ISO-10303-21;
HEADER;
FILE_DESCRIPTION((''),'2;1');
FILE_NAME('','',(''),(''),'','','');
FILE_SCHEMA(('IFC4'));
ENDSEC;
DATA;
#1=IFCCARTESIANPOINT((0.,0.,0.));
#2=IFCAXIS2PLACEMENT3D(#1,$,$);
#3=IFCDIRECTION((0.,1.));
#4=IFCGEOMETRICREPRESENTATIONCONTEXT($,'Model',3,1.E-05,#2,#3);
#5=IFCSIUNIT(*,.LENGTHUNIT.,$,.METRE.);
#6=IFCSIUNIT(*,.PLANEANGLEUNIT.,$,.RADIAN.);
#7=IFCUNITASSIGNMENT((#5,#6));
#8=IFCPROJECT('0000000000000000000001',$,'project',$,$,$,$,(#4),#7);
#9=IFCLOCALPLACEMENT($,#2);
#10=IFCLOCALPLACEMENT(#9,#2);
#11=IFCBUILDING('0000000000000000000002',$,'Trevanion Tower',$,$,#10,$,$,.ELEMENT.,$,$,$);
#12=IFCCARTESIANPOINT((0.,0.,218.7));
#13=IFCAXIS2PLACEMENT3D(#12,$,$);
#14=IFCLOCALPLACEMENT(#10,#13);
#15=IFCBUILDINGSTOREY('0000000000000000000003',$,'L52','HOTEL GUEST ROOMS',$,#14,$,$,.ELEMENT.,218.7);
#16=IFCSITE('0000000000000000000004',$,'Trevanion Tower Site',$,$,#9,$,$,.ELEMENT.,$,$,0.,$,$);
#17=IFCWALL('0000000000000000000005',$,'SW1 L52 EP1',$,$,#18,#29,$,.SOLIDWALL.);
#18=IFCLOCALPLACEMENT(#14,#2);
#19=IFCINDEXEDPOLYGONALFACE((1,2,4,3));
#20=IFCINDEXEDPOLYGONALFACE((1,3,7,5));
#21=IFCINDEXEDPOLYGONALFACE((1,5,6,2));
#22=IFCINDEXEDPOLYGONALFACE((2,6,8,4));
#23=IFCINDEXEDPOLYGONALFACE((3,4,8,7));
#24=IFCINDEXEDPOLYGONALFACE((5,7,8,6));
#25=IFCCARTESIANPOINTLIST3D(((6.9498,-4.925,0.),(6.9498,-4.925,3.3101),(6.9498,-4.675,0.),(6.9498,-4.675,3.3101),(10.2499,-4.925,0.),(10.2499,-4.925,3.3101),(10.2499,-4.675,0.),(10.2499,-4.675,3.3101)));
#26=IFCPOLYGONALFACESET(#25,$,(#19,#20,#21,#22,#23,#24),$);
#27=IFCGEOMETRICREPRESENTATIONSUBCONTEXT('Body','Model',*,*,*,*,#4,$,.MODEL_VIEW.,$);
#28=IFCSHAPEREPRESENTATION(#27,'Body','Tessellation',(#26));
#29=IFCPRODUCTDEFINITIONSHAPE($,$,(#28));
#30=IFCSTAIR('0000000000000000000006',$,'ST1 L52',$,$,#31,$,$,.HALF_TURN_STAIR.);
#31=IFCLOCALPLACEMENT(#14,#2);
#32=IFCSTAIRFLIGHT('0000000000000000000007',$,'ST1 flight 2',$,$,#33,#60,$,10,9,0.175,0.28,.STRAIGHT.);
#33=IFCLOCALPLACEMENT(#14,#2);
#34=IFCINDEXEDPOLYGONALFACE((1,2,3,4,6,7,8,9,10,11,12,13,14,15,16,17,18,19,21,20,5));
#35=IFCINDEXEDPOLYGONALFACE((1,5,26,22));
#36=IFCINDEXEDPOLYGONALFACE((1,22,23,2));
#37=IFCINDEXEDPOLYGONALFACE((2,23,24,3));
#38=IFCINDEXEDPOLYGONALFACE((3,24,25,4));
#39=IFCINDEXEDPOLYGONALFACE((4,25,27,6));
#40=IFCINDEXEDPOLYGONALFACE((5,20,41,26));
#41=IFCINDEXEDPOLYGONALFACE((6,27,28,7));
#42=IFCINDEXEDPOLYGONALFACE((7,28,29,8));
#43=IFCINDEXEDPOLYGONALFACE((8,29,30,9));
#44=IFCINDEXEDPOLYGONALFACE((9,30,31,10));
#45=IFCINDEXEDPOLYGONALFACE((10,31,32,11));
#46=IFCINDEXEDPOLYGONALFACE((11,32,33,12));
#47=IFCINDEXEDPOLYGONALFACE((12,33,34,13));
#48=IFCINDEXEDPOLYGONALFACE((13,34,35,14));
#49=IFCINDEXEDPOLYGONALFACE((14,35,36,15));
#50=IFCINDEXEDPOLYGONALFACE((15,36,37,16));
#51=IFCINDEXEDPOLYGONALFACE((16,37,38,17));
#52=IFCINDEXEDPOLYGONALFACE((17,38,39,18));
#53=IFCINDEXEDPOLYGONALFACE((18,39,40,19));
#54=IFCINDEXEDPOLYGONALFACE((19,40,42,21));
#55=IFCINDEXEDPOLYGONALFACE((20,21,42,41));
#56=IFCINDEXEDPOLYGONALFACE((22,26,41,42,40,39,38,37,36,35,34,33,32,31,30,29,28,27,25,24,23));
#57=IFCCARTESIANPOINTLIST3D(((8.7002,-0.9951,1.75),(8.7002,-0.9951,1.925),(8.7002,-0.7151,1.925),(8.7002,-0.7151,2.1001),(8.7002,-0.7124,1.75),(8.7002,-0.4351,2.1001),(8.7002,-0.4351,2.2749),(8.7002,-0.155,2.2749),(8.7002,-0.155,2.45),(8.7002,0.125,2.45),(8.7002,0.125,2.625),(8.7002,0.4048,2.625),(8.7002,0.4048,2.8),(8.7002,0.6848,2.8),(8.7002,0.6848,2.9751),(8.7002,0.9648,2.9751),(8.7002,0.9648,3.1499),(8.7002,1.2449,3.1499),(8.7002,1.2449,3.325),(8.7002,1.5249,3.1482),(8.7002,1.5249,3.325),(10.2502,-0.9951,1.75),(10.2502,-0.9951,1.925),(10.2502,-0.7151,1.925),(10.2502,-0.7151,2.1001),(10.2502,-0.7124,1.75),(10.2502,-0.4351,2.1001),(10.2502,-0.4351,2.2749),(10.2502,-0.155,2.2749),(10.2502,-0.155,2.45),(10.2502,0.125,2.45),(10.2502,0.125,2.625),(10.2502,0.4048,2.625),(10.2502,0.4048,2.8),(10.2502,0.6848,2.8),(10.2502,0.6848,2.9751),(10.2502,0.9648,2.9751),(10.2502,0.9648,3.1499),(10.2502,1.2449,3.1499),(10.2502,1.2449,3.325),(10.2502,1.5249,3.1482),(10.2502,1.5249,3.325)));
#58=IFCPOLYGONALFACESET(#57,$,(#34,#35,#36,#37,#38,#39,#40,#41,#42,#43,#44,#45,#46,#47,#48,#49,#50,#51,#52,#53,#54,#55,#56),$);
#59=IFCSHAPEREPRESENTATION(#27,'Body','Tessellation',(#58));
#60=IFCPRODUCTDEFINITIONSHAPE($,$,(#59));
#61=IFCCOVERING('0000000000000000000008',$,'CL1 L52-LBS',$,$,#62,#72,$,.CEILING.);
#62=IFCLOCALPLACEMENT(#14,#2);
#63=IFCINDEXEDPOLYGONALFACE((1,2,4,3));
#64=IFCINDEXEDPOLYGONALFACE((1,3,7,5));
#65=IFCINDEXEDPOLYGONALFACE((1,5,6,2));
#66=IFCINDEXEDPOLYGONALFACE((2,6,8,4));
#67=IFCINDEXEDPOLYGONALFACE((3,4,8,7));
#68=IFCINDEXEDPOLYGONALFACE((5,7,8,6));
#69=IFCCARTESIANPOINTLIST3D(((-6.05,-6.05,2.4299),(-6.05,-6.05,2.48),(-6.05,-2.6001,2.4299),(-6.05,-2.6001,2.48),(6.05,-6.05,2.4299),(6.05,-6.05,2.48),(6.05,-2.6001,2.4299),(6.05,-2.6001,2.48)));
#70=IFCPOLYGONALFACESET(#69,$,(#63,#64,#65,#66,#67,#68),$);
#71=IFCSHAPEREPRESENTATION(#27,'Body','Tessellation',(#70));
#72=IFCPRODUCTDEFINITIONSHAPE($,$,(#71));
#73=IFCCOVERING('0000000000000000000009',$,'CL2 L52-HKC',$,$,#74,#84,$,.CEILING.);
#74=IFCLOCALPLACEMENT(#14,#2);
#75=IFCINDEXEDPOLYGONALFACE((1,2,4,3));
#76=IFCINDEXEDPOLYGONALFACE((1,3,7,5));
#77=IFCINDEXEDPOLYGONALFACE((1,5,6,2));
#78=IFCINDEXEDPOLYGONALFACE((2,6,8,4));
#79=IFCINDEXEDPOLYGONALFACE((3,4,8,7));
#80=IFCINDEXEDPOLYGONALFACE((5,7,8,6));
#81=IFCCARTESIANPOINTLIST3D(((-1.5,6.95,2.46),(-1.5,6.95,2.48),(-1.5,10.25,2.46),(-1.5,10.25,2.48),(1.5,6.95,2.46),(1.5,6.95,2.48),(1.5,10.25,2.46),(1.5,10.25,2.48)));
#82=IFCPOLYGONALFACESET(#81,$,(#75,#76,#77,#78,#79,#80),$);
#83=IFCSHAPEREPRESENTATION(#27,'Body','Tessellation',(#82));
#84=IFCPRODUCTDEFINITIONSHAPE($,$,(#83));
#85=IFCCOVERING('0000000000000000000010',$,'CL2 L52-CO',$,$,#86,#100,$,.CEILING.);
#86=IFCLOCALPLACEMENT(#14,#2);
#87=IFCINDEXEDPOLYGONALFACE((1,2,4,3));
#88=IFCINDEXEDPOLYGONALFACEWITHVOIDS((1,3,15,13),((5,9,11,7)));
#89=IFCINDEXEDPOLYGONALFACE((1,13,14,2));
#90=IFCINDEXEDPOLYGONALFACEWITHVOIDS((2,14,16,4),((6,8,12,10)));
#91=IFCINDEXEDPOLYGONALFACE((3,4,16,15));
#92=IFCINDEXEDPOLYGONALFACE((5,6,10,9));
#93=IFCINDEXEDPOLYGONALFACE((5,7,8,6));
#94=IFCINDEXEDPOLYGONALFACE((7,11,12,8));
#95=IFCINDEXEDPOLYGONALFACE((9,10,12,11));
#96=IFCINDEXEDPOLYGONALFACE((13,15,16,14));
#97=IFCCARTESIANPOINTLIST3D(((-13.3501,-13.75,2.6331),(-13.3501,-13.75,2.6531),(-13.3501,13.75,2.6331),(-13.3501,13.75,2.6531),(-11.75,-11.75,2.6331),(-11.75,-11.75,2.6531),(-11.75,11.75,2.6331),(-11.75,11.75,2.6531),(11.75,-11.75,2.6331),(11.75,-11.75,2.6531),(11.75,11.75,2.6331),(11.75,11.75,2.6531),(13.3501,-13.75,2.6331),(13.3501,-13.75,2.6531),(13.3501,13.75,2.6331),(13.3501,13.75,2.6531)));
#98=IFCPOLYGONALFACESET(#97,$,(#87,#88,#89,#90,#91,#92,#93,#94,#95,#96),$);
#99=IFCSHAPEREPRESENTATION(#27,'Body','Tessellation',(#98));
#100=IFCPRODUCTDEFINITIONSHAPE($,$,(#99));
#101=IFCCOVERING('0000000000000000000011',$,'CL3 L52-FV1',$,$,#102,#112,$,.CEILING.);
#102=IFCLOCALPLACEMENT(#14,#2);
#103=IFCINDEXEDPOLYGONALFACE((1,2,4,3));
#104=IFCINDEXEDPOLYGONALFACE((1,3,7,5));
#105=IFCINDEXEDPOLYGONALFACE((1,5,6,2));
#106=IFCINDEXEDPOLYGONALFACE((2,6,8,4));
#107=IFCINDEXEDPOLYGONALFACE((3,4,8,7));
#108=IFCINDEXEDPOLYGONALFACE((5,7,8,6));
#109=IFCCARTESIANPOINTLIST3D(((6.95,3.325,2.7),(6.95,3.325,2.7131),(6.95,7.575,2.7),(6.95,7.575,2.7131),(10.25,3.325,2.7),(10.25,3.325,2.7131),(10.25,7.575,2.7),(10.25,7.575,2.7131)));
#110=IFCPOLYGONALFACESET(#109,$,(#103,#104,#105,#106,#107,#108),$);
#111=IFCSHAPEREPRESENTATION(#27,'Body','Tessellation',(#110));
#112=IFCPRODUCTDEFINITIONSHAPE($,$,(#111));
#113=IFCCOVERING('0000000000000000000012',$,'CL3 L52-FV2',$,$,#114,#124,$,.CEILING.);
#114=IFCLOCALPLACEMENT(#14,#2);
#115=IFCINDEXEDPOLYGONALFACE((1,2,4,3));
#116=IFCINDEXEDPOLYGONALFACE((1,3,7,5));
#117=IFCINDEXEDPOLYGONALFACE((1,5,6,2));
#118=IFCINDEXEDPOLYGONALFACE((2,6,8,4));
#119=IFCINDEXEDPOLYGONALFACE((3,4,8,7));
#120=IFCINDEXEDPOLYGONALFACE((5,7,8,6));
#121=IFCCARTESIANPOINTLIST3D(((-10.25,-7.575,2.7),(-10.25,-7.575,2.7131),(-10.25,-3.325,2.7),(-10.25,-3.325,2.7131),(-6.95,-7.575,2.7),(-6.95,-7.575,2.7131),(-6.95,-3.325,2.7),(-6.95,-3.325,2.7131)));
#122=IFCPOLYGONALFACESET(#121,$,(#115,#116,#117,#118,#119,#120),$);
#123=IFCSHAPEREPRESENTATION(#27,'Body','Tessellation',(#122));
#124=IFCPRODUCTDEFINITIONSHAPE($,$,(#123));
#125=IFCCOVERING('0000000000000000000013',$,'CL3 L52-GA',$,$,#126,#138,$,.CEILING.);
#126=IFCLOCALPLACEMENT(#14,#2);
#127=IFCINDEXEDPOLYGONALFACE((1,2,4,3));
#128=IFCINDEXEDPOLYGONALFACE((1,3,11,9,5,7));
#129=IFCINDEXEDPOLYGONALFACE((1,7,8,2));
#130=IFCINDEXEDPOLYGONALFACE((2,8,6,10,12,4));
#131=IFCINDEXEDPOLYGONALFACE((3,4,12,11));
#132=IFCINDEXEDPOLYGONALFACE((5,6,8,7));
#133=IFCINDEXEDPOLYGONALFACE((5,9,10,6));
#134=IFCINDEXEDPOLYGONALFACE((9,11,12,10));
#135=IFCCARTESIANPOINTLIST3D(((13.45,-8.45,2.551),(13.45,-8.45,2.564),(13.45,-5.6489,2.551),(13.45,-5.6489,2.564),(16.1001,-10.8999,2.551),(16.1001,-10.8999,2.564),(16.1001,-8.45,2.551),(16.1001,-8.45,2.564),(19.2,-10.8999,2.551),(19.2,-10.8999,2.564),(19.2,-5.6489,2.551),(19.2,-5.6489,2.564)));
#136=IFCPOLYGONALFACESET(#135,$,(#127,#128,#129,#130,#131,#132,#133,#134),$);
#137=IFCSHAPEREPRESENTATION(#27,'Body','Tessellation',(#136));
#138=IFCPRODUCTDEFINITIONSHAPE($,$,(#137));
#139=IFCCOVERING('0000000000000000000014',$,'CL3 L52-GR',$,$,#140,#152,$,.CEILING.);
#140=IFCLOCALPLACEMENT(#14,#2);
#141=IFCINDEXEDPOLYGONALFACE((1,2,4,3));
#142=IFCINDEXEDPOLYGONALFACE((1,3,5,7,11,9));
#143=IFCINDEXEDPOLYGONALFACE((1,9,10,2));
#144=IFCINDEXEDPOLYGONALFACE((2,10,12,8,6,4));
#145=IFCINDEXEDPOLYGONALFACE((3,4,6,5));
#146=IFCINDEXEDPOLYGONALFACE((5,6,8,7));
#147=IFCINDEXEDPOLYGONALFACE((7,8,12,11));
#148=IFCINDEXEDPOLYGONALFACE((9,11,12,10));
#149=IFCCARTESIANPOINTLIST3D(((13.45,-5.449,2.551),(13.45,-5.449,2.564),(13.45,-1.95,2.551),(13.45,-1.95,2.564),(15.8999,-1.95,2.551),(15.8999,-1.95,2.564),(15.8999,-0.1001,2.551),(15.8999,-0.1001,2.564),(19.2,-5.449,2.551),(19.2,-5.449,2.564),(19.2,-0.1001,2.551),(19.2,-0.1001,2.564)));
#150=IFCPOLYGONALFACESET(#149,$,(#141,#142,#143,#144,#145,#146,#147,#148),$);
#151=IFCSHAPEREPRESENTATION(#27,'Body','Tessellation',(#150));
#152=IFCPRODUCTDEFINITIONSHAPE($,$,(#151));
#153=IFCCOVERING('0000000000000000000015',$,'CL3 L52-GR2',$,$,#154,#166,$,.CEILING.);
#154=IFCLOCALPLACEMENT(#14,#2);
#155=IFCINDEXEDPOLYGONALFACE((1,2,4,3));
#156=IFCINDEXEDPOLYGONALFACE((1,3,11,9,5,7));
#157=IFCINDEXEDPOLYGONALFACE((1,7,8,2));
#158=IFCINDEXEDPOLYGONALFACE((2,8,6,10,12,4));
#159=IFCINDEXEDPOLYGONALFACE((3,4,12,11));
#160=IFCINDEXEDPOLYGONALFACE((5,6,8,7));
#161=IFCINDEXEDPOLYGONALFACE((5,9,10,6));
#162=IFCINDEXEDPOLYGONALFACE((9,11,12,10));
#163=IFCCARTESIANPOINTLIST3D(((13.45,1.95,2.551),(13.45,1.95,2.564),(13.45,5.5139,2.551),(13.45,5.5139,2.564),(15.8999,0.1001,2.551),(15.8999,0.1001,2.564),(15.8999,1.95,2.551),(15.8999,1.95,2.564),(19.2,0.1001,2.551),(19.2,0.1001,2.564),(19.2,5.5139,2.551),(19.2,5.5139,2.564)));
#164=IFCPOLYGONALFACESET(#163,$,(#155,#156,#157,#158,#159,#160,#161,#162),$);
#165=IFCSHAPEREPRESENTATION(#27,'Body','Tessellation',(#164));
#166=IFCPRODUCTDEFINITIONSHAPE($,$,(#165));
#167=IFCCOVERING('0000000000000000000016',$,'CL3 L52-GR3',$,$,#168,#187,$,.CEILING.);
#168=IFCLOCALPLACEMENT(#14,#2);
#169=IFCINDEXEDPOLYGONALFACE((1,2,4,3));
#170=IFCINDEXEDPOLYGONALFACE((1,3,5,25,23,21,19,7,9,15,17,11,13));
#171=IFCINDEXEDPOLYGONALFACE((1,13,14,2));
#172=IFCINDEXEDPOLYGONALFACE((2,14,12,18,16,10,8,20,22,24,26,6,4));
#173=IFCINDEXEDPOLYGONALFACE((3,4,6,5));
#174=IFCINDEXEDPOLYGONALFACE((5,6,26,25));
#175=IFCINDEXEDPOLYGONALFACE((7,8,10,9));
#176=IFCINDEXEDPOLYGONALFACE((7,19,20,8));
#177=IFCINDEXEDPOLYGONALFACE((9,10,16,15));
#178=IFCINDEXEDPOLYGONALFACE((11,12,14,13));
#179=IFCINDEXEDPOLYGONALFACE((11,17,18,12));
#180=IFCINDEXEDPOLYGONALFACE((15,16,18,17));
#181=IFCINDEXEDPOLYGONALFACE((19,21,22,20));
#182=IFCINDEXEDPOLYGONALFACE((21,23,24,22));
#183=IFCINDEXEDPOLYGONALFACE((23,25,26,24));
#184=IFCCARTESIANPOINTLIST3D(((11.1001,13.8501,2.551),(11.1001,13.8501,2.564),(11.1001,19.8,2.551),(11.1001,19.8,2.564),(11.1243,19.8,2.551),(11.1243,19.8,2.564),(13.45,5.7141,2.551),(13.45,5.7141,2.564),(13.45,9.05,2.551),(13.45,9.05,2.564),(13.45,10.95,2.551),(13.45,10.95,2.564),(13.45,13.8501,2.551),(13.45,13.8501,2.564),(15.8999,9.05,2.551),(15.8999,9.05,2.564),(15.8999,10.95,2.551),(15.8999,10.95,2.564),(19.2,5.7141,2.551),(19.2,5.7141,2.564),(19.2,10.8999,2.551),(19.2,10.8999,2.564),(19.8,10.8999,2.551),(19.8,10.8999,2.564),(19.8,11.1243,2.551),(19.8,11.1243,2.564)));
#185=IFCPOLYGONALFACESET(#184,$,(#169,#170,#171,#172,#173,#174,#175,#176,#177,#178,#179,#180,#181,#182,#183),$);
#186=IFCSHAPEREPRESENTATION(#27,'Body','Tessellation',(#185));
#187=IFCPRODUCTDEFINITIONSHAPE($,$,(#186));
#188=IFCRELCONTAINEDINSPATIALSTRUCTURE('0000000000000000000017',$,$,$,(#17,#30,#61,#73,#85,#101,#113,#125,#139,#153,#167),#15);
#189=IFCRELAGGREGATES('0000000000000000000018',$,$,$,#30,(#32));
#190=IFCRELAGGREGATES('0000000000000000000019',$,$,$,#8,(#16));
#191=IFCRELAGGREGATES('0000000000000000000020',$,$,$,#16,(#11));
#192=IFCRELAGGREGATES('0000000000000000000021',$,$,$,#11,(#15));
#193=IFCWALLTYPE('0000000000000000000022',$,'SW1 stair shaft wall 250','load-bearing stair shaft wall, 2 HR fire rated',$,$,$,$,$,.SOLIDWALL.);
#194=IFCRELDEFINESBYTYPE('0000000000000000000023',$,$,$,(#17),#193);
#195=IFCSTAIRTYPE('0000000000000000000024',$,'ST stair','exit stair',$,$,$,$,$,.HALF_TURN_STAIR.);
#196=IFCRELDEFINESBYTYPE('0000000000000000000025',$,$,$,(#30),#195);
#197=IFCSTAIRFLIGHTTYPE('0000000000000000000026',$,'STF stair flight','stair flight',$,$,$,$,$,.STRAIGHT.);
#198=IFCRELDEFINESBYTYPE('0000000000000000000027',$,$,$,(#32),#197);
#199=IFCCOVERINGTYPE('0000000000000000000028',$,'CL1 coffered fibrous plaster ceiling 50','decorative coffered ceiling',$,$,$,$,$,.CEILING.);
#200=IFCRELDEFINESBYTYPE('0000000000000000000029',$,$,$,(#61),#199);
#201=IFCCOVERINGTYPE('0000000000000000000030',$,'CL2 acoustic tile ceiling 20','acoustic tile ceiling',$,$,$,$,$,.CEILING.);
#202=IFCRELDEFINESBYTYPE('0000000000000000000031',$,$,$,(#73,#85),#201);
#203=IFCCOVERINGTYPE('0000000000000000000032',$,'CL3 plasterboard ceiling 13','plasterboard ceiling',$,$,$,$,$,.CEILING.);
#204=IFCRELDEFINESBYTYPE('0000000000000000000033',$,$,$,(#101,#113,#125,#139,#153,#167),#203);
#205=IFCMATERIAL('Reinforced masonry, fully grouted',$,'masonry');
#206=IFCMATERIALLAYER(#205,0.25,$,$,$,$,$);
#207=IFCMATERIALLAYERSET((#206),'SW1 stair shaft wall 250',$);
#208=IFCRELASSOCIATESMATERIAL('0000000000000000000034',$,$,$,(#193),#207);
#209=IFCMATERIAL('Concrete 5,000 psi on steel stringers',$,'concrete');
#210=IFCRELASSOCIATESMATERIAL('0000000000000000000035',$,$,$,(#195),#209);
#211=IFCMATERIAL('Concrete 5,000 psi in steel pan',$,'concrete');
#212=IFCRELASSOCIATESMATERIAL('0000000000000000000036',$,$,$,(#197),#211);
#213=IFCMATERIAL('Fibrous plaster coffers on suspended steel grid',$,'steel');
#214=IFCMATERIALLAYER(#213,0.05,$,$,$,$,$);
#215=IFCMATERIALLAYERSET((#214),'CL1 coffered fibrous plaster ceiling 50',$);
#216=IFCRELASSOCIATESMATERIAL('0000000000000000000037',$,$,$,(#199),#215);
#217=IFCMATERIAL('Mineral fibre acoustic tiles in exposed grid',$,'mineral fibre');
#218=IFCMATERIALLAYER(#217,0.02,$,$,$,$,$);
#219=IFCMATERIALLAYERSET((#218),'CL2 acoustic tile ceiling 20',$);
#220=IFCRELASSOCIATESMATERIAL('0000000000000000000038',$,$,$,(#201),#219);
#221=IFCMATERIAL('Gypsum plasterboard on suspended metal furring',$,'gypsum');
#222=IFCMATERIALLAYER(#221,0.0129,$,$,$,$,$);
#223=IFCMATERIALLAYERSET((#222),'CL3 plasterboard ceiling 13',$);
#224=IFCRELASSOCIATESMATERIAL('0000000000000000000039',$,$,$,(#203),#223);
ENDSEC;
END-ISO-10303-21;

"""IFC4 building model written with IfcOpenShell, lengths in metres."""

from ifc_helpers import new_model, si_unit, direction, frame, frame_2d, origin, place, context, subcontext, project, spatial, polyline, rectangle, outline, extrude, material, layer, layer_set, type_object, element, aggregate, save


model = new_model("IFC4")

# Units and contexts
model_context = context("Model", 3, precision=1e-05, world=origin(), true_north=direction((0.0, 1.0)))
body_context = subcontext(model_context, "Body", "Model", "MODEL_VIEW")
ifc_project = project(units=[si_unit("LENGTHUNIT", "METRE"), si_unit("PLANEANGLEUNIT", "RADIAN")], contexts=[model_context])

# Site, building, storey
site_placement = place(None, origin())
site = spatial("IfcSite", under=ifc_project, at=site_placement, Name="Trevanion Tower Site", CompositionType="ELEMENT", RefElevation=0.0)
building_placement = place(site_placement, origin())
building = spatial("IfcBuilding", under=site, at=building_placement, Name="Trevanion Tower", CompositionType="ELEMENT")
storey_placement = place(building_placement, frame((0.0, 0.0, 218.7)))
storey = spatial("IfcBuildingStorey", under=building, at=storey_placement, Name="L52", Description="HOTEL GUEST ROOMS", CompositionType="ELEMENT", Elevation=218.7)

# Wall
ifc_material_1 = material(Name="Reinforced masonry, fully grouted", Category="masonry")
ifc_layer_1 = layer(ifc_material_1, 0.25)
ifc_layer_set_1 = layer_set([ifc_layer_1], Name="SW1 stair shaft wall 250")
wall_type_1 = type_object("IfcWallType", Name="SW1 stair shaft wall 250", Description="load-bearing stair shaft wall, 2 HR fire rated", PredefinedType="SOLIDWALL", material=ifc_layer_set_1)
wall_1_placement = place(storey_placement, frame((6.95, -4.8, 0.0), z_axis=(0.0, 0.0, 1.0), x_axis=(1.0, 0.0, 0.0)))
element("IfcWall", 1, at=wall_1_placement, inside=storey, type_object=wall_type_1, Name="SW1 L52 EP1", PredefinedType="SOLIDWALL", context=body_context, shape_type="SweptSolid", body=[
    extrude(rectangle(XDim=3.3, YDim=0.25, at=frame_2d((1.6499, 0.0))), origin(), (0.0, 0.0, 1.0), 3.3101),
])

# Stair, stair flight
ifc_material_2 = material(Name="Concrete 5,000 psi on steel stringers", Category="concrete")
stair_type = type_object("IfcStairType", Name="ST stair", Description="exit stair", PredefinedType="HALF_TURN_STAIR", material=ifc_material_2)
stair_placement = place(storey_placement, origin())
stair = element("IfcStair", 2, at=stair_placement, inside=storey, type_object=stair_type, Name="ST1 L52", PredefinedType="HALF_TURN_STAIR")
ifc_material_3 = material(Name="Concrete 5,000 psi in steel pan", Category="concrete")
stair_flight_type = type_object("IfcStairFlightType", Name="STF stair flight", Description="stair flight", PredefinedType="STRAIGHT", material=ifc_material_3)
stair_flight_placement = place(storey_placement, frame((9.4751, -0.9951, 1.75), z_axis=(0.0, 0.0, 1.0), x_axis=(0.0, 1.0, 0.0)))
stair_flight = element("IfcStairFlight", 3, at=stair_flight_placement, type_object=stair_flight_type, Name="ST1 flight 2", NumberOfRisers=10, NumberOfTreads=9, PredefinedType="STRAIGHT", RiserHeight=0.175, TreadLength=0.28, context=body_context, shape_type="SweptSolid", body=[
    extrude(outline(polyline([(0.0, 0.0), (0.0, 0.175), (0.28, 0.175), (0.28, 0.3501), (0.5601, 0.3501), (0.5601, 0.5249), (0.8401, 0.5249), (0.8401, 0.7), (1.1201, 0.7), (1.1201, 0.875), (1.3999, 0.875), (1.3999, 1.05), (1.6799, 1.05), (1.6799, 1.2251), (1.96, 1.2251), (1.96, 1.3999), (2.24, 1.3999), (2.24, 1.575), (2.52, 1.575), (2.52, 1.75), (2.52, 1.3982), (0.2827, 0.0), (0.0, 0.0)])), frame((0.0, 0.7749, 0.0), z_axis=(0.0, -1.0, 0.0), x_axis=(1.0, 0.0, 0.0)), (0.0, 0.0, 1.0), 1.55),
])
aggregate(stair, [stair_flight])

# Coverings
ifc_material_4 = material(Name="Fibrous plaster coffers on suspended steel grid", Category="steel")
ifc_layer_2 = layer(ifc_material_4, 0.05)
ifc_layer_set_2 = layer_set([ifc_layer_2], Name="CL1 coffered fibrous plaster ceiling 50")
covering_type_1 = type_object("IfcCoveringType", Name="CL1 coffered fibrous plaster ceiling 50", Description="decorative coffered ceiling", PredefinedType="CEILING", material=ifc_layer_set_2)
covering_1_placement = place(storey_placement, frame((0.0, 0.0, 2.4299)))
element("IfcCovering", 4, at=covering_1_placement, inside=storey, type_object=covering_type_1, Name="CL1 L52-LBS", PredefinedType="CEILING", context=body_context, shape_type="SweptSolid", body=[
    extrude(outline(polyline([(6.05, -6.05), (6.05, -2.6001), (-6.05, -2.6001), (-6.05, -6.05), (6.05, -6.05)])), origin(), (0.0, 0.0, 1.0), 0.05),
])
ifc_material_5 = material(Name="Mineral fibre acoustic tiles in exposed grid", Category="mineral fibre")
ifc_layer_3 = layer(ifc_material_5, 0.02)
ifc_layer_set_3 = layer_set([ifc_layer_3], Name="CL2 acoustic tile ceiling 20")
covering_type_2 = type_object("IfcCoveringType", Name="CL2 acoustic tile ceiling 20", Description="acoustic tile ceiling", PredefinedType="CEILING", material=ifc_layer_set_3)
covering_2_placement = place(storey_placement, frame((0.0, 0.0, 2.46)))
element("IfcCovering", 5, at=covering_2_placement, inside=storey, type_object=covering_type_2, Name="CL2 L52-HKC", PredefinedType="CEILING", context=body_context, shape_type="SweptSolid", body=[
    extrude(outline(polyline([(1.5, 6.95), (1.5, 10.25), (-1.5, 10.25), (-1.5, 6.95), (1.5, 6.95)])), origin(), (0.0, 0.0, 1.0), 0.02),
])
covering_3_placement = place(storey_placement, frame((0.0, 0.0, 2.6331)))
element("IfcCovering", 6, at=covering_3_placement, inside=storey, type_object=covering_type_2, Name="CL2 L52-CO", PredefinedType="CEILING", context=body_context, shape_type="SweptSolid", body=[
    extrude(outline(polyline([(-13.3501, -13.75), (-13.3501, 13.75), (13.3501, 13.75), (13.3501, -13.75), (-13.3501, -13.75)]), holes=[polyline([(11.75, 11.75), (-11.75, 11.75), (-11.75, -11.75), (11.75, -11.75), (11.75, 11.75)])]), origin(), (0.0, 0.0, 1.0), 0.02),
])
ifc_material_6 = material(Name="Gypsum plasterboard on suspended metal furring", Category="gypsum")
ifc_layer_4 = layer(ifc_material_6, 0.0129)
ifc_layer_set_4 = layer_set([ifc_layer_4], Name="CL3 plasterboard ceiling 13")
covering_type_3 = type_object("IfcCoveringType", Name="CL3 plasterboard ceiling 13", Description="plasterboard ceiling", PredefinedType="CEILING", material=ifc_layer_set_4)
covering_4_placement = place(storey_placement, frame((0.0, 0.0, 2.7)))
element("IfcCovering", 7, at=covering_4_placement, inside=storey, type_object=covering_type_3, Name="CL3 L52-FV1", PredefinedType="CEILING", context=body_context, shape_type="SweptSolid", body=[
    extrude(outline(polyline([(10.25, 3.325), (10.25, 7.575), (6.95, 7.575), (6.95, 3.325), (10.25, 3.325)])), origin(), (0.0, 0.0, 1.0), 0.0132),
])
covering_5_placement = place(storey_placement, frame((0.0, 0.0, 2.7)))
element("IfcCovering", 8, at=covering_5_placement, inside=storey, type_object=covering_type_3, Name="CL3 L52-FV2", PredefinedType="CEILING", context=body_context, shape_type="SweptSolid", body=[
    extrude(outline(polyline([(-10.25, -3.325), (-10.25, -7.575), (-6.95, -7.575), (-6.95, -3.325), (-10.25, -3.325)])), origin(), (0.0, 0.0, 1.0), 0.0132),
])
covering_6_placement = place(storey_placement, frame((0.0, 0.0, 2.551)))
element("IfcCovering", 9, at=covering_6_placement, inside=storey, type_object=covering_type_3, Name="CL3 L52-GA", PredefinedType="CEILING", context=body_context, shape_type="SweptSolid", body=[
    extrude(outline(polyline([(13.45, -5.6489), (19.2, -5.6489), (19.2, -10.8999), (16.1001, -10.8999), (16.1001, -8.45), (13.45, -8.45), (13.45, -5.6489)])), origin(), (0.0, 0.0, 1.0), 0.0129),
])
covering_7_placement = place(storey_placement, frame((0.0, 0.0, 2.551)))
element("IfcCovering", 10, at=covering_7_placement, inside=storey, type_object=covering_type_3, Name="CL3 L52-GR", PredefinedType="CEILING", context=body_context, shape_type="SweptSolid", body=[
    extrude(outline(polyline([(13.45, -1.95), (15.8999, -1.95), (15.8999, -0.1001), (19.2, -0.1001), (19.2, -5.449), (13.45, -5.449), (13.45, -1.95)])), origin(), (0.0, 0.0, 1.0), 0.0129),
])
covering_8_placement = place(storey_placement, frame((0.0, 0.0, 2.551)))
element("IfcCovering", 11, at=covering_8_placement, inside=storey, type_object=covering_type_3, Name="CL3 L52-GR2", PredefinedType="CEILING", context=body_context, shape_type="SweptSolid", body=[
    extrude(outline(polyline([(13.45, 5.5139), (19.2, 5.5139), (19.2, 0.1001), (15.8999, 0.1001), (15.8999, 1.95), (13.45, 1.95), (13.45, 5.5139)])), origin(), (0.0, 0.0, 1.0), 0.0129),
])
covering_9_placement = place(storey_placement, frame((0.0, 0.0, 2.551)))
element("IfcCovering", 12, at=covering_9_placement, inside=storey, type_object=covering_type_3, Name="CL3 L52-GR3", PredefinedType="CEILING", context=body_context, shape_type="SweptSolid", body=[
    extrude(outline(polyline([(11.1001, 13.8501), (11.1001, 19.8), (11.1243, 19.8), (19.8, 11.1243), (19.8, 10.8999), (19.2, 10.8999), (19.2, 5.7141), (13.45, 5.7141), (13.45, 9.05), (15.8999, 9.05), (15.8999, 10.95), (13.45, 10.95), (13.45, 13.8501), (11.1001, 13.8501)])), origin(), (0.0, 0.0, 1.0), 0.0129),
])

save(model, "model.ifc")
